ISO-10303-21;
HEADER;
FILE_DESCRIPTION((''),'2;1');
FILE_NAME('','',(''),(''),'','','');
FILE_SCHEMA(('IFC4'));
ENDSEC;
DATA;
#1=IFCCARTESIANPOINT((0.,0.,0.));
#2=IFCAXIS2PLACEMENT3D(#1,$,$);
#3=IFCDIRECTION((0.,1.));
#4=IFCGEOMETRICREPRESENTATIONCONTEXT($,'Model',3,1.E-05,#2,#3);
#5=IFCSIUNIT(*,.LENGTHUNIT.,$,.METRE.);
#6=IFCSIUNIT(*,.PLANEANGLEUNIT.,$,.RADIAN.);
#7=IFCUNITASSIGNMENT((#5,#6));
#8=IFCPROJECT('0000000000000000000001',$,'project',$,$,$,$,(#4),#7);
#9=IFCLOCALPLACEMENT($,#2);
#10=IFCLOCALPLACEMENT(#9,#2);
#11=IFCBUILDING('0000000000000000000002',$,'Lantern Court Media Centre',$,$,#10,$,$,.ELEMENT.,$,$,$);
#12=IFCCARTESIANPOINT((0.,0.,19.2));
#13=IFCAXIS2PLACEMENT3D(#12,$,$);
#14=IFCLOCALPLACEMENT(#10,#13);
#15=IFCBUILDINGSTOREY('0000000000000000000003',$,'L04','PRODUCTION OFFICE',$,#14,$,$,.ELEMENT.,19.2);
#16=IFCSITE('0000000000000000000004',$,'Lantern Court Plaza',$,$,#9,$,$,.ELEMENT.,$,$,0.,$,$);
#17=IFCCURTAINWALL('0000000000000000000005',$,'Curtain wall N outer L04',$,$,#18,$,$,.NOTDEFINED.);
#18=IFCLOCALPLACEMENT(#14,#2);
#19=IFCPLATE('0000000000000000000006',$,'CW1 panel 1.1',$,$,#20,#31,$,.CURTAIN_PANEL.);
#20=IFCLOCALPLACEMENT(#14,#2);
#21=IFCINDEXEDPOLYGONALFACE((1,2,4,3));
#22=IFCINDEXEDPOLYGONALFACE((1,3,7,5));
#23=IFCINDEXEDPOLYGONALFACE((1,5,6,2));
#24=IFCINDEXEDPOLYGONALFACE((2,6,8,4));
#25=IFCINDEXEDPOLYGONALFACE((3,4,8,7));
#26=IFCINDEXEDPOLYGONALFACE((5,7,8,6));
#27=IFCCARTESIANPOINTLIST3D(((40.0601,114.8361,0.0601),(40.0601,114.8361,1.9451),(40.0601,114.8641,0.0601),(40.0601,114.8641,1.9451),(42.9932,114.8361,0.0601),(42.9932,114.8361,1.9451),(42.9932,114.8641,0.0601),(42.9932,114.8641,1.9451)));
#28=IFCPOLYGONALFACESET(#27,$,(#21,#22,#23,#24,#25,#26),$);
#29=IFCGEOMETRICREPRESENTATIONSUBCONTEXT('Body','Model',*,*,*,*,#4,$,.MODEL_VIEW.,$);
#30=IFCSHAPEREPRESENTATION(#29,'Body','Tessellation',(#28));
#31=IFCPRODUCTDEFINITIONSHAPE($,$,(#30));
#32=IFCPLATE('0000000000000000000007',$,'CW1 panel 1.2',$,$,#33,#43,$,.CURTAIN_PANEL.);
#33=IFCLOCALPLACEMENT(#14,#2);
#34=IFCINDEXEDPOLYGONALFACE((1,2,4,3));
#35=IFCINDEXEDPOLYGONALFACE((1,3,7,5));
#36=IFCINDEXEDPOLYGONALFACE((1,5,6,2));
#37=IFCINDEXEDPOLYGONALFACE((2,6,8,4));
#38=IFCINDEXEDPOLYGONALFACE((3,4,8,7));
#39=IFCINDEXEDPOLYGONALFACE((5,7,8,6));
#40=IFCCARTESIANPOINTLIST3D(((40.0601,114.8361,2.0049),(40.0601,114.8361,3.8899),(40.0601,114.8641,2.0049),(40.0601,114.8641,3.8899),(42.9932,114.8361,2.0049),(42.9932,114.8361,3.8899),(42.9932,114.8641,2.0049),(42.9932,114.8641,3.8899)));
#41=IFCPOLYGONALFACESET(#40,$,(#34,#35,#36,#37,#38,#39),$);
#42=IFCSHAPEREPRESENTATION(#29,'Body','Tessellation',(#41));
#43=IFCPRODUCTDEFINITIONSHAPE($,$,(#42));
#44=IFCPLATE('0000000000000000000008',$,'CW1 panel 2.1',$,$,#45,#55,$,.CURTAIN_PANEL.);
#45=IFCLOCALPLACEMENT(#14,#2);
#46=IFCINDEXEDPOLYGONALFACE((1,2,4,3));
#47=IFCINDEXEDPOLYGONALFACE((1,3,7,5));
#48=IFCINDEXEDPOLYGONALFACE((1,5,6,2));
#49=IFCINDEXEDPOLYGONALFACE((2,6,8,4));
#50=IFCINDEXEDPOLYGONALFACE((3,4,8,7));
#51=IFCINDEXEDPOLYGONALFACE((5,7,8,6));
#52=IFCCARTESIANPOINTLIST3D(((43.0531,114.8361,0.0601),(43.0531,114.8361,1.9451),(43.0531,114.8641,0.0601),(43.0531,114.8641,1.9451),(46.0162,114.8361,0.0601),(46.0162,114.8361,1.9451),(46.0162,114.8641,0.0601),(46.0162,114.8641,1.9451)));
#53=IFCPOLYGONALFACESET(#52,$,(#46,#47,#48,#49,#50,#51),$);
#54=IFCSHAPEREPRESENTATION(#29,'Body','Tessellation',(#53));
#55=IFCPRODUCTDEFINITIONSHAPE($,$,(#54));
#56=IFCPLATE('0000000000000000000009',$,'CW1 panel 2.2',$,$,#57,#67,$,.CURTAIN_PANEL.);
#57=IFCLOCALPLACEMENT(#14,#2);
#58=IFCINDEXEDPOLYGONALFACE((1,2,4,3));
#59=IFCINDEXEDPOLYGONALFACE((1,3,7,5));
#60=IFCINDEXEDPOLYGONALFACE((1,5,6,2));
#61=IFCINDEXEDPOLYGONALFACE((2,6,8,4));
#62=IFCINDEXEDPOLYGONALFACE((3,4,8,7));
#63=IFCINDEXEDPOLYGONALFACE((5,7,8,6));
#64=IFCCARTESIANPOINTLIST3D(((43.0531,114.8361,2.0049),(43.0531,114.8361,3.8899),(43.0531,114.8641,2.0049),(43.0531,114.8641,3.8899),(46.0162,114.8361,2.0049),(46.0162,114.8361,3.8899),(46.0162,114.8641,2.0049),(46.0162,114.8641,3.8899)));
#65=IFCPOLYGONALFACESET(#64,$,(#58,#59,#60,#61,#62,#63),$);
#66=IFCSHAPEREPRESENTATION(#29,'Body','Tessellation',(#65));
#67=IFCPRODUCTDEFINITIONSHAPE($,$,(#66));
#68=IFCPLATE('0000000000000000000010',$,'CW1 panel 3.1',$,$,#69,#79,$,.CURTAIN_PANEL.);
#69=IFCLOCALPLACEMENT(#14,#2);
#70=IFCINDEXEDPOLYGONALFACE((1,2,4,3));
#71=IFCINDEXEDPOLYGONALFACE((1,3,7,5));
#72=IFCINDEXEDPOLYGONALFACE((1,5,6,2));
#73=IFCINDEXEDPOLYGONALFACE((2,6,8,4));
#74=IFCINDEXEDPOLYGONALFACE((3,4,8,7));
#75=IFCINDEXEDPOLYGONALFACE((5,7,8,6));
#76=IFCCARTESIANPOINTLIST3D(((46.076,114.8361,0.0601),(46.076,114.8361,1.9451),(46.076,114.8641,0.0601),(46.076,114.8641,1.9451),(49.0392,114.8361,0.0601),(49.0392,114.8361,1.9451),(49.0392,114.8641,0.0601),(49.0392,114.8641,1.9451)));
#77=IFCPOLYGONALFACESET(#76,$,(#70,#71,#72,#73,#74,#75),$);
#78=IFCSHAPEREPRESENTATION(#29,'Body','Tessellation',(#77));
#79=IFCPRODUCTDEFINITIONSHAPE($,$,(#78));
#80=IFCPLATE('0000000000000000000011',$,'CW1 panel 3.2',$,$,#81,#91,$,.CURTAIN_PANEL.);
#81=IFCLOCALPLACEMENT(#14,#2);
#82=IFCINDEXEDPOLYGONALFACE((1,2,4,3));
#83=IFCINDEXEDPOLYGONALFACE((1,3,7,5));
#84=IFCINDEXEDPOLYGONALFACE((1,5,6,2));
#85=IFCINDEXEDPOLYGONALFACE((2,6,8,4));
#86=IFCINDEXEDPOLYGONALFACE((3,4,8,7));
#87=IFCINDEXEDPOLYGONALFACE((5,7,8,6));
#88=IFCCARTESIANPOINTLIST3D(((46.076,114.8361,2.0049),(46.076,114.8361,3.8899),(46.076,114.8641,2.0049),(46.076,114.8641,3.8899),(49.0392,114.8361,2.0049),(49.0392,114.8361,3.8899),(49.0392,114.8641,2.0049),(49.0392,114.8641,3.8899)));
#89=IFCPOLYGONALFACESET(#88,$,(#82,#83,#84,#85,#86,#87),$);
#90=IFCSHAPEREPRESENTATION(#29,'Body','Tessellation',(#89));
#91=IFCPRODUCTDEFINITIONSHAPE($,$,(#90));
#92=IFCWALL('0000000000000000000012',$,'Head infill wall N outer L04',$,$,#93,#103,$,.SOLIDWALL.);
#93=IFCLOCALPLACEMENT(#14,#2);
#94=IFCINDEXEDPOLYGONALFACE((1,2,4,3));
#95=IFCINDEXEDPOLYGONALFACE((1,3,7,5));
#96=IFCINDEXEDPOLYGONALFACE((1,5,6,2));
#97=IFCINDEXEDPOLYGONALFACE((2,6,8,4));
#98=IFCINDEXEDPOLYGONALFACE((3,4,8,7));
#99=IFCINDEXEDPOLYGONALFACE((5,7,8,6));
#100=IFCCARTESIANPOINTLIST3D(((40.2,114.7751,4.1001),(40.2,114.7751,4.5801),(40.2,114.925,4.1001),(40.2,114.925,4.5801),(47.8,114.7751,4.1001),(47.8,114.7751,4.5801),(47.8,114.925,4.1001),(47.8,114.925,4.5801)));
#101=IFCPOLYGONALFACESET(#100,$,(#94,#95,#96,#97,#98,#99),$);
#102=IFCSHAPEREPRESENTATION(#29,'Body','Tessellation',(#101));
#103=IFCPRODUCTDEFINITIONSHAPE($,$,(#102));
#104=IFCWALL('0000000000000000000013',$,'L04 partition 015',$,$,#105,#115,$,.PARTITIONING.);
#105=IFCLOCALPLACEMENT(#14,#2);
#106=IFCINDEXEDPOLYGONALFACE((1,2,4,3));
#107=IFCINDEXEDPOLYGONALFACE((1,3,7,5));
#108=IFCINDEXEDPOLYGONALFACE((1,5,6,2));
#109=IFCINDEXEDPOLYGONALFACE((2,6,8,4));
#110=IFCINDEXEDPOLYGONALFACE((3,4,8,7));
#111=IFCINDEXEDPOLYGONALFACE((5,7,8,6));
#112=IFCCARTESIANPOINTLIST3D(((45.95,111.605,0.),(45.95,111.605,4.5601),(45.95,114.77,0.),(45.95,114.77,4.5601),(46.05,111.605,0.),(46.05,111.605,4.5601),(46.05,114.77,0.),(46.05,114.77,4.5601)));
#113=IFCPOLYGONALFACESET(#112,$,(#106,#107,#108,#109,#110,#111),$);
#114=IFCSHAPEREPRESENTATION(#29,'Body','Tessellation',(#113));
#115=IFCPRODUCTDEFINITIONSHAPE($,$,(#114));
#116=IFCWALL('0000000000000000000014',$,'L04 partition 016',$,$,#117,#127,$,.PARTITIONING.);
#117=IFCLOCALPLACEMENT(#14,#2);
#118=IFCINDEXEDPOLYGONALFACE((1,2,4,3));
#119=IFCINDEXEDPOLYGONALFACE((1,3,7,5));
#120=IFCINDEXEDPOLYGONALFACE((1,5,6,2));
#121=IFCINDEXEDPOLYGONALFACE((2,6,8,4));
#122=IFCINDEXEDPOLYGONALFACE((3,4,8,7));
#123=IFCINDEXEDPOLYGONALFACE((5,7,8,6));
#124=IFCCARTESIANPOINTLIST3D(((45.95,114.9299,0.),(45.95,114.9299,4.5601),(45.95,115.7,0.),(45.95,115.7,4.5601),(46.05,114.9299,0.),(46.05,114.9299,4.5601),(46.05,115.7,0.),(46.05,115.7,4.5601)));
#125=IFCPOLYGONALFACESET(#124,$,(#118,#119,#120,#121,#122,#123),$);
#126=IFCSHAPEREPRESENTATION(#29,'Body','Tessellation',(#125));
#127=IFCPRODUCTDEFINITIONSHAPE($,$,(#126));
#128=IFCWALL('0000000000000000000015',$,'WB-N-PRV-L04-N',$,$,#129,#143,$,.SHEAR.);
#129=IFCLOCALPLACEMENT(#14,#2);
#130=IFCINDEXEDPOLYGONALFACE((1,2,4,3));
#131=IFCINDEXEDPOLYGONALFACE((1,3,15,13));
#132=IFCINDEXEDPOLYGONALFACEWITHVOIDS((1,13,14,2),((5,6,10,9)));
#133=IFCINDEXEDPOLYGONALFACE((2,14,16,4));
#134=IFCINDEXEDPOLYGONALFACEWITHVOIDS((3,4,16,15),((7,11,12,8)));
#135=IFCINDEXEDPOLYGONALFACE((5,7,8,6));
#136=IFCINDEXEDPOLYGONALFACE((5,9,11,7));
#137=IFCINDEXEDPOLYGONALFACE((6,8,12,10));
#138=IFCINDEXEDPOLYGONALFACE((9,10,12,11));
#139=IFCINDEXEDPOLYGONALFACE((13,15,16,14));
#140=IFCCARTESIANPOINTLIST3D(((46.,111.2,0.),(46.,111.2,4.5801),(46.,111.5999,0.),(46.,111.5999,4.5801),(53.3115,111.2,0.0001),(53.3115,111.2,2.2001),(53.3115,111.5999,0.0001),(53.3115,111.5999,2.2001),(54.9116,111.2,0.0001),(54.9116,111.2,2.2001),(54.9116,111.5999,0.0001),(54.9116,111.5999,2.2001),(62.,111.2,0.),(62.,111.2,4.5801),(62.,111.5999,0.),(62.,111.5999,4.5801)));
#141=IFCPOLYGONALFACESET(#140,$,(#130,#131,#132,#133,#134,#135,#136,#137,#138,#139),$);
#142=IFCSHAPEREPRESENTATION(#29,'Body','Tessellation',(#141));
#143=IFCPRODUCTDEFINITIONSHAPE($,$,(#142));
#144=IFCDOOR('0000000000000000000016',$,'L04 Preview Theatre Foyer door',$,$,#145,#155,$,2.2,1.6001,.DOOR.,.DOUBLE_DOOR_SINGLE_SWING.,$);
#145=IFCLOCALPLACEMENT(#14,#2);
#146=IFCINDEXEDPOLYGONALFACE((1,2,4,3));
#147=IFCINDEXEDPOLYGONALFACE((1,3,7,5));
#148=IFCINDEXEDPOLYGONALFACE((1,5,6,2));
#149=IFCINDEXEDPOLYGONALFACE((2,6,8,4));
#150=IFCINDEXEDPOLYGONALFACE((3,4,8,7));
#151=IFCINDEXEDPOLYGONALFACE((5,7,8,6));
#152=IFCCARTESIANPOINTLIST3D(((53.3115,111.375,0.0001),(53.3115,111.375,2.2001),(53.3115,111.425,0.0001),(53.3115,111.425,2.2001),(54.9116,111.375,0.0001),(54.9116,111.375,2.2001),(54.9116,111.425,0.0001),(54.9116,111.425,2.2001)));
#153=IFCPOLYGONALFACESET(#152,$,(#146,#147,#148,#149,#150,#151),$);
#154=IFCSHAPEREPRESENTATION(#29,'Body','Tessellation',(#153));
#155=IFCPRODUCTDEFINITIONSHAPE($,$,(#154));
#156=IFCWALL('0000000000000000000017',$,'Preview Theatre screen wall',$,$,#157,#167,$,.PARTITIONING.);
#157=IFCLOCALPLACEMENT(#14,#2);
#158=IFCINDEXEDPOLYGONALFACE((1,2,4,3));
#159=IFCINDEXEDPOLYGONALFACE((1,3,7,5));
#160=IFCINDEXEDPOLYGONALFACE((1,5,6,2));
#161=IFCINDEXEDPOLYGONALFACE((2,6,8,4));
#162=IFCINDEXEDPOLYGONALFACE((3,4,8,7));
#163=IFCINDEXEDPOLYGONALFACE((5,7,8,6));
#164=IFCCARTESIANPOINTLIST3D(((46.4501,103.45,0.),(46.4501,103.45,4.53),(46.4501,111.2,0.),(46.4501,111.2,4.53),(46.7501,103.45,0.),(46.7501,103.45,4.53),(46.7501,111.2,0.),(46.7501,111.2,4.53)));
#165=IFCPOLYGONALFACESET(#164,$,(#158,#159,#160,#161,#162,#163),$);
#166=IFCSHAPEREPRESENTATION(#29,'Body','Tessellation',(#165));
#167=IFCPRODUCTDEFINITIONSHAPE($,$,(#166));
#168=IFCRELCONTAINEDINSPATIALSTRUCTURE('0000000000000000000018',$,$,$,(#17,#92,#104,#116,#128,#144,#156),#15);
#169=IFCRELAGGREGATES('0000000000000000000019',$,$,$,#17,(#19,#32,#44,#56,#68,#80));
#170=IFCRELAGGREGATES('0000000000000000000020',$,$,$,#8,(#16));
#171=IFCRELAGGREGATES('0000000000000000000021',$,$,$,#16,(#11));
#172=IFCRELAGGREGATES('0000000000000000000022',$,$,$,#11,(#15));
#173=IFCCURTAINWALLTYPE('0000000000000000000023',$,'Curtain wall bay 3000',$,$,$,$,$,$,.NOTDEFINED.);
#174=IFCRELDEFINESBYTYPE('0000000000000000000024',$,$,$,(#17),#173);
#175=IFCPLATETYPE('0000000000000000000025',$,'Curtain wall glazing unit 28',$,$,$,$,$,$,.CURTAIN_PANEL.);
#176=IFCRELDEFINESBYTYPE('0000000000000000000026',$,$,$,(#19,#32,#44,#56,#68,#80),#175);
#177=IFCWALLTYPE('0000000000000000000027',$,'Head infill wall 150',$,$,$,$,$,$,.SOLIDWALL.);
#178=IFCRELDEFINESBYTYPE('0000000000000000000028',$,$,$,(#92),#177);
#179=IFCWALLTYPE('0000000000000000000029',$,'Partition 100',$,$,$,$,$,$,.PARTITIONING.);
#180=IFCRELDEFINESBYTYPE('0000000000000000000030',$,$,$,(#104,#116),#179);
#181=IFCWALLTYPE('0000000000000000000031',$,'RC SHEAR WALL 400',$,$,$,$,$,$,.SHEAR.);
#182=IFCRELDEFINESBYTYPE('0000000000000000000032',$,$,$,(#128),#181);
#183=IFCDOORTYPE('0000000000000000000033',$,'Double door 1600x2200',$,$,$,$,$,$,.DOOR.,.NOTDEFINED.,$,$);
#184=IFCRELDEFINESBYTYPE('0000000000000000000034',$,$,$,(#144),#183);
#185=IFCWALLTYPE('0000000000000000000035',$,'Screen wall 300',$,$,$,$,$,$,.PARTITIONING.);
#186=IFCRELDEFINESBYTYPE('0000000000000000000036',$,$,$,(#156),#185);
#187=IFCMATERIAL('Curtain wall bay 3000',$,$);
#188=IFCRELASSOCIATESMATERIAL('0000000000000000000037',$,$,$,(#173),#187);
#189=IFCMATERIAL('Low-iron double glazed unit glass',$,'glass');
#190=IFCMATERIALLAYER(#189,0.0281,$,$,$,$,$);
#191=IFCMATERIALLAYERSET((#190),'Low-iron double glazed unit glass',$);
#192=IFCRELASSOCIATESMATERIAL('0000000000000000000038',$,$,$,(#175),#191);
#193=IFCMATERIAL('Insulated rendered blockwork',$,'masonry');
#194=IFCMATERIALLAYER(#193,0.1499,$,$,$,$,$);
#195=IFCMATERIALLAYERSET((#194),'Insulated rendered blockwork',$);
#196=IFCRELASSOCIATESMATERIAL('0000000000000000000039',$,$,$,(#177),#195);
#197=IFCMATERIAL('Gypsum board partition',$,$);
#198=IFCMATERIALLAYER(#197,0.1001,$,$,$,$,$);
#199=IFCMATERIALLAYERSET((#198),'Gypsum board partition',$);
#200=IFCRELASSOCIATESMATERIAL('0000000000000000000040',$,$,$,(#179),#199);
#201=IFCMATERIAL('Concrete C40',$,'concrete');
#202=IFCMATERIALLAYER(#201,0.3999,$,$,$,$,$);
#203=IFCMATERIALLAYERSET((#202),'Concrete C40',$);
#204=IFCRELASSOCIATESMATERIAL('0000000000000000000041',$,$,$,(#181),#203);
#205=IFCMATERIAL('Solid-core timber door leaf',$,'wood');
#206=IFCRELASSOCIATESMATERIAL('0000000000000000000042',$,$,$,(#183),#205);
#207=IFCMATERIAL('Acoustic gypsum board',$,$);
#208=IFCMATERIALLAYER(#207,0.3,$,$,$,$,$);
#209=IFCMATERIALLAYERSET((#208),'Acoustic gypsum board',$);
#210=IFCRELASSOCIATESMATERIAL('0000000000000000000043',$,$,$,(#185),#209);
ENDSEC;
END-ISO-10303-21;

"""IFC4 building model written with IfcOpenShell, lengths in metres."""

from ifc_helpers import new_model, si_unit, direction, frame, frame_2d, origin, origin_2d, place, context, subcontext, project, spatial, rectangle, extrude, material, layer, layer_set, type_object, element, fill, aggregate, save


model = new_model("IFC4")

# Units and contexts
model_context = context("Model", 3, precision=1e-05, world=origin(), true_north=direction((0.0, 1.0)))
body_context = subcontext(model_context, "Body", "Model", "MODEL_VIEW")
ifc_project = project(units=[si_unit("LENGTHUNIT", "METRE"), si_unit("PLANEANGLEUNIT", "RADIAN")], contexts=[model_context])

# Site, building, storey
site_placement = place(None, origin())
site = spatial("IfcSite", under=ifc_project, at=site_placement, Name="Lantern Court Plaza", CompositionType="ELEMENT", RefElevation=0.0)
building_placement = place(site_placement, origin())
building = spatial("IfcBuilding", under=site, at=building_placement, Name="Lantern Court Media Centre", CompositionType="ELEMENT")
storey_placement = place(building_placement, frame((0.0, 0.0, 19.2)))
storey = spatial("IfcBuildingStorey", under=building, at=storey_placement, Name="L04", Description="PRODUCTION OFFICE", CompositionType="ELEMENT", Elevation=19.2)

# Curtain wall
ifc_material_1 = material(Name="Curtain wall bay 3000")
curtain_wall_type = type_object("IfcCurtainWallType", Name="Curtain wall bay 3000", PredefinedType="NOTDEFINED", material=ifc_material_1)
curtain_wall_placement = place(storey_placement, origin())
curtain_wall = element("IfcCurtainWall", 1, at=curtain_wall_placement, inside=storey, type_object=curtain_wall_type, Name="Curtain wall N outer L04", PredefinedType="NOTDEFINED")

# Plates
ifc_material_2 = material(Name="Low-iron double glazed unit glass", Category="glass")
ifc_layer_1 = layer(ifc_material_2, 0.0281)
ifc_layer_set_1 = layer_set([ifc_layer_1], Name="Low-iron double glazed unit glass")
plate_type = type_object("IfcPlateType", Name="Curtain wall glazing unit 28", PredefinedType="CURTAIN_PANEL", material=ifc_layer_set_1)
plate_1_placement = place(storey_placement, frame((41.5266, 114.8501, 0.0601), z_axis=(0.0, 0.0, 1.0), x_axis=(1.0, 0.0, 0.0)))
plate_1 = element("IfcPlate", 2, at=plate_1_placement, type_object=plate_type, Name="CW1 panel 1.1", PredefinedType="CURTAIN_PANEL", context=body_context, shape_type="SweptSolid", body=[
    extrude(rectangle(XDim=2.9331, YDim=0.0281, at=origin_2d()), origin(), (0.0, 0.0, 1.0), 1.885),
])
plate_2_placement = place(storey_placement, frame((41.5266, 114.8501, 2.0049), z_axis=(0.0, 0.0, 1.0), x_axis=(1.0, 0.0, 0.0)))
plate_2 = element("IfcPlate", 3, at=plate_2_placement, type_object=plate_type, Name="CW1 panel 1.2", PredefinedType="CURTAIN_PANEL", context=body_context, shape_type="SweptSolid", body=[
    extrude(rectangle(XDim=2.9331, YDim=0.0281, at=origin_2d()), origin(), (0.0, 0.0, 1.0), 1.885),
])
plate_3_placement = place(storey_placement, frame((44.5347, 114.8501, 0.0601), z_axis=(0.0, 0.0, 1.0), x_axis=(1.0, 0.0, 0.0)))
plate_3 = element("IfcPlate", 4, at=plate_3_placement, type_object=plate_type, Name="CW1 panel 2.1", PredefinedType="CURTAIN_PANEL", context=body_context, shape_type="SweptSolid", body=[
    extrude(rectangle(XDim=2.9631, YDim=0.0281, at=origin_2d()), origin(), (0.0, 0.0, 1.0), 1.885),
])
plate_4_placement = place(storey_placement, frame((44.5347, 114.8501, 2.0049), z_axis=(0.0, 0.0, 1.0), x_axis=(1.0, 0.0, 0.0)))
plate_4 = element("IfcPlate", 5, at=plate_4_placement, type_object=plate_type, Name="CW1 panel 2.2", PredefinedType="CURTAIN_PANEL", context=body_context, shape_type="SweptSolid", body=[
    extrude(rectangle(XDim=2.9631, YDim=0.0281, at=origin_2d()), origin(), (0.0, 0.0, 1.0), 1.885),
])
plate_5_placement = place(storey_placement, frame((47.5576, 114.8501, 0.0601), z_axis=(0.0, 0.0, 1.0), x_axis=(1.0, 0.0, 0.0)))
plate_5 = element("IfcPlate", 6, at=plate_5_placement, type_object=plate_type, Name="CW1 panel 3.1", PredefinedType="CURTAIN_PANEL", context=body_context, shape_type="SweptSolid", body=[
    extrude(rectangle(XDim=2.9631, YDim=0.0281, at=origin_2d()), origin(), (0.0, 0.0, 1.0), 1.885),
])
plate_6_placement = place(storey_placement, frame((47.5576, 114.8501, 2.0049), z_axis=(0.0, 0.0, 1.0), x_axis=(1.0, 0.0, 0.0)))
plate_6 = element("IfcPlate", 7, at=plate_6_placement, type_object=plate_type, Name="CW1 panel 3.2", PredefinedType="CURTAIN_PANEL", context=body_context, shape_type="SweptSolid", body=[
    extrude(rectangle(XDim=2.9631, YDim=0.0281, at=origin_2d()), origin(), (0.0, 0.0, 1.0), 1.885),
])
aggregate(curtain_wall, [plate_1, plate_2, plate_3, plate_4, plate_5, plate_6])

# Walls
ifc_material_3 = material(Name="Insulated rendered blockwork", Category="masonry")
ifc_layer_2 = layer(ifc_material_3, 0.1499)
ifc_layer_set_2 = layer_set([ifc_layer_2], Name="Insulated rendered blockwork")
wall_type_1 = type_object("IfcWallType", Name="Head infill wall 150", PredefinedType="SOLIDWALL", material=ifc_layer_set_2)
wall_1_placement = place(storey_placement, frame((40.2, 114.8501, 4.1001), z_axis=(0.0, 0.0, 1.0), x_axis=(1.0, 0.0, 0.0)))
element("IfcWall", 8, at=wall_1_placement, inside=storey, type_object=wall_type_1, Name="Head infill wall N outer L04", PredefinedType="SOLIDWALL", context=body_context, shape_type="SweptSolid", body=[
    extrude(rectangle(XDim=7.6001, YDim=0.1499, at=frame_2d((3.8, 0.0))), origin(), (0.0, 0.0, 1.0), 0.48),
])
ifc_material_4 = material(Name="Gypsum board partition")
ifc_layer_3 = layer(ifc_material_4, 0.1001)
ifc_layer_set_3 = layer_set([ifc_layer_3], Name="Gypsum board partition")
wall_type_2 = type_object("IfcWallType", Name="Partition 100", PredefinedType="PARTITIONING", material=ifc_layer_set_3)
wall_2_placement = place(storey_placement, frame((46.0, 111.605, 0.0), z_axis=(0.0, 0.0, 1.0), x_axis=(0.0, 1.0, 0.0)))
element("IfcWall", 9, at=wall_2_placement, inside=storey, type_object=wall_type_2, Name="L04 partition 015", PredefinedType="PARTITIONING", context=body_context, shape_type="SweptSolid", body=[
    extrude(rectangle(XDim=3.165, YDim=0.1001, at=frame_2d((1.5825, 0.0))), origin(), (0.0, 0.0, 1.0), 4.5601),
])
wall_3_placement = place(storey_placement, frame((46.0, 114.9299, 0.0), z_axis=(0.0, 0.0, 1.0), x_axis=(0.0, 1.0, 0.0)))
element("IfcWall", 10, at=wall_3_placement, inside=storey, type_object=wall_type_2, Name="L04 partition 016", PredefinedType="PARTITIONING", context=body_context, shape_type="SweptSolid", body=[
    extrude(rectangle(XDim=0.77, YDim=0.1001, at=frame_2d((0.385, 0.0))), origin(), (0.0, 0.0, 1.0), 4.5601),
])

# Wall, opening, door
ifc_material_5 = material(Name="Concrete C40", Category="concrete")
ifc_layer_4 = layer(ifc_material_5, 0.3999)
ifc_layer_set_4 = layer_set([ifc_layer_4], Name="Concrete C40")
wall_type_3 = type_object("IfcWallType", Name="RC SHEAR WALL 400", PredefinedType="SHEAR", material=ifc_layer_set_4)
wall_4_placement = place(storey_placement, frame((46.0, 111.3999, 0.0), z_axis=(0.0, 0.0, 1.0), x_axis=(1.0, 0.0, 0.0)))
wall_4 = element("IfcWall", 11, at=wall_4_placement, inside=storey, type_object=wall_type_3, Name="WB-N-PRV-L04-N", PredefinedType="SHEAR", context=body_context, shape_type="SweptSolid", body=[
    extrude(rectangle(XDim=16.0, YDim=0.3999, at=frame_2d((8.0, 0.0))), origin(), (0.0, 0.0, 1.0), 4.5801),
])
opening_placement = place(wall_4_placement, frame((7.3115, 0.0, 0.0)))
opening = element("IfcOpeningElement", 12, at=opening_placement, cuts=wall_4, PredefinedType="OPENING", context=body_context, shape_type="SweptSolid", body=[
    extrude(rectangle(XDim=1.6001, YDim=2.2, at=frame_2d((0.8, 1.1001))), frame((0.0, 0.21, 0.0), z_axis=(0.0, -1.0, 0.0), x_axis=(1.0, 0.0, 0.0)), (0.0, 0.0, 1.0), 0.4199),
])
ifc_material_6 = material(Name="Solid-core timber door leaf", Category="wood")
door_type = type_object("IfcDoorType", Name="Double door 1600x2200", OperationType="NOTDEFINED", PredefinedType="DOOR", material=ifc_material_6)
door_placement = place(opening_placement, frame((1.6001, 0.0, 0.0), z_axis=(0.0, 0.0, 1.0), x_axis=(-1.0, 0.0, 0.0)))
door = element("IfcDoor", 13, at=door_placement, inside=storey, type_object=door_type, Name="L04 Preview Theatre Foyer door", OperationType="DOUBLE_DOOR_SINGLE_SWING", OverallHeight=2.2, OverallWidth=1.6001, PredefinedType="DOOR", context=body_context, shape_type="SweptSolid", body=[
    extrude(rectangle(XDim=1.6001, YDim=2.2, at=frame_2d((0.8, 1.1001))), frame((0.0, 0.0249, 0.0), z_axis=(0.0, -1.0, 0.0), x_axis=(1.0, 0.0, 0.0)), (0.0, 0.0, 1.0), 0.05),
])
fill(opening, door)

# Wall
ifc_material_7 = material(Name="Acoustic gypsum board")
ifc_layer_5 = layer(ifc_material_7, 0.3)
ifc_layer_set_5 = layer_set([ifc_layer_5], Name="Acoustic gypsum board")
wall_type_4 = type_object("IfcWallType", Name="Screen wall 300", PredefinedType="PARTITIONING", material=ifc_layer_set_5)
wall_5_placement = place(storey_placement, frame((46.6001, 103.45, 0.0), z_axis=(0.0, 0.0, 1.0), x_axis=(0.0, 1.0, 0.0)))
element("IfcWall", 14, at=wall_5_placement, inside=storey, type_object=wall_type_4, Name="Preview Theatre screen wall", PredefinedType="PARTITIONING", context=body_context, shape_type="SweptSolid", body=[
    extrude(rectangle(XDim=7.75, YDim=0.3, at=frame_2d((3.875, 0.0))), origin(), (0.0, 0.0, 1.0), 4.53),
])

save(model, "model.ifc")
